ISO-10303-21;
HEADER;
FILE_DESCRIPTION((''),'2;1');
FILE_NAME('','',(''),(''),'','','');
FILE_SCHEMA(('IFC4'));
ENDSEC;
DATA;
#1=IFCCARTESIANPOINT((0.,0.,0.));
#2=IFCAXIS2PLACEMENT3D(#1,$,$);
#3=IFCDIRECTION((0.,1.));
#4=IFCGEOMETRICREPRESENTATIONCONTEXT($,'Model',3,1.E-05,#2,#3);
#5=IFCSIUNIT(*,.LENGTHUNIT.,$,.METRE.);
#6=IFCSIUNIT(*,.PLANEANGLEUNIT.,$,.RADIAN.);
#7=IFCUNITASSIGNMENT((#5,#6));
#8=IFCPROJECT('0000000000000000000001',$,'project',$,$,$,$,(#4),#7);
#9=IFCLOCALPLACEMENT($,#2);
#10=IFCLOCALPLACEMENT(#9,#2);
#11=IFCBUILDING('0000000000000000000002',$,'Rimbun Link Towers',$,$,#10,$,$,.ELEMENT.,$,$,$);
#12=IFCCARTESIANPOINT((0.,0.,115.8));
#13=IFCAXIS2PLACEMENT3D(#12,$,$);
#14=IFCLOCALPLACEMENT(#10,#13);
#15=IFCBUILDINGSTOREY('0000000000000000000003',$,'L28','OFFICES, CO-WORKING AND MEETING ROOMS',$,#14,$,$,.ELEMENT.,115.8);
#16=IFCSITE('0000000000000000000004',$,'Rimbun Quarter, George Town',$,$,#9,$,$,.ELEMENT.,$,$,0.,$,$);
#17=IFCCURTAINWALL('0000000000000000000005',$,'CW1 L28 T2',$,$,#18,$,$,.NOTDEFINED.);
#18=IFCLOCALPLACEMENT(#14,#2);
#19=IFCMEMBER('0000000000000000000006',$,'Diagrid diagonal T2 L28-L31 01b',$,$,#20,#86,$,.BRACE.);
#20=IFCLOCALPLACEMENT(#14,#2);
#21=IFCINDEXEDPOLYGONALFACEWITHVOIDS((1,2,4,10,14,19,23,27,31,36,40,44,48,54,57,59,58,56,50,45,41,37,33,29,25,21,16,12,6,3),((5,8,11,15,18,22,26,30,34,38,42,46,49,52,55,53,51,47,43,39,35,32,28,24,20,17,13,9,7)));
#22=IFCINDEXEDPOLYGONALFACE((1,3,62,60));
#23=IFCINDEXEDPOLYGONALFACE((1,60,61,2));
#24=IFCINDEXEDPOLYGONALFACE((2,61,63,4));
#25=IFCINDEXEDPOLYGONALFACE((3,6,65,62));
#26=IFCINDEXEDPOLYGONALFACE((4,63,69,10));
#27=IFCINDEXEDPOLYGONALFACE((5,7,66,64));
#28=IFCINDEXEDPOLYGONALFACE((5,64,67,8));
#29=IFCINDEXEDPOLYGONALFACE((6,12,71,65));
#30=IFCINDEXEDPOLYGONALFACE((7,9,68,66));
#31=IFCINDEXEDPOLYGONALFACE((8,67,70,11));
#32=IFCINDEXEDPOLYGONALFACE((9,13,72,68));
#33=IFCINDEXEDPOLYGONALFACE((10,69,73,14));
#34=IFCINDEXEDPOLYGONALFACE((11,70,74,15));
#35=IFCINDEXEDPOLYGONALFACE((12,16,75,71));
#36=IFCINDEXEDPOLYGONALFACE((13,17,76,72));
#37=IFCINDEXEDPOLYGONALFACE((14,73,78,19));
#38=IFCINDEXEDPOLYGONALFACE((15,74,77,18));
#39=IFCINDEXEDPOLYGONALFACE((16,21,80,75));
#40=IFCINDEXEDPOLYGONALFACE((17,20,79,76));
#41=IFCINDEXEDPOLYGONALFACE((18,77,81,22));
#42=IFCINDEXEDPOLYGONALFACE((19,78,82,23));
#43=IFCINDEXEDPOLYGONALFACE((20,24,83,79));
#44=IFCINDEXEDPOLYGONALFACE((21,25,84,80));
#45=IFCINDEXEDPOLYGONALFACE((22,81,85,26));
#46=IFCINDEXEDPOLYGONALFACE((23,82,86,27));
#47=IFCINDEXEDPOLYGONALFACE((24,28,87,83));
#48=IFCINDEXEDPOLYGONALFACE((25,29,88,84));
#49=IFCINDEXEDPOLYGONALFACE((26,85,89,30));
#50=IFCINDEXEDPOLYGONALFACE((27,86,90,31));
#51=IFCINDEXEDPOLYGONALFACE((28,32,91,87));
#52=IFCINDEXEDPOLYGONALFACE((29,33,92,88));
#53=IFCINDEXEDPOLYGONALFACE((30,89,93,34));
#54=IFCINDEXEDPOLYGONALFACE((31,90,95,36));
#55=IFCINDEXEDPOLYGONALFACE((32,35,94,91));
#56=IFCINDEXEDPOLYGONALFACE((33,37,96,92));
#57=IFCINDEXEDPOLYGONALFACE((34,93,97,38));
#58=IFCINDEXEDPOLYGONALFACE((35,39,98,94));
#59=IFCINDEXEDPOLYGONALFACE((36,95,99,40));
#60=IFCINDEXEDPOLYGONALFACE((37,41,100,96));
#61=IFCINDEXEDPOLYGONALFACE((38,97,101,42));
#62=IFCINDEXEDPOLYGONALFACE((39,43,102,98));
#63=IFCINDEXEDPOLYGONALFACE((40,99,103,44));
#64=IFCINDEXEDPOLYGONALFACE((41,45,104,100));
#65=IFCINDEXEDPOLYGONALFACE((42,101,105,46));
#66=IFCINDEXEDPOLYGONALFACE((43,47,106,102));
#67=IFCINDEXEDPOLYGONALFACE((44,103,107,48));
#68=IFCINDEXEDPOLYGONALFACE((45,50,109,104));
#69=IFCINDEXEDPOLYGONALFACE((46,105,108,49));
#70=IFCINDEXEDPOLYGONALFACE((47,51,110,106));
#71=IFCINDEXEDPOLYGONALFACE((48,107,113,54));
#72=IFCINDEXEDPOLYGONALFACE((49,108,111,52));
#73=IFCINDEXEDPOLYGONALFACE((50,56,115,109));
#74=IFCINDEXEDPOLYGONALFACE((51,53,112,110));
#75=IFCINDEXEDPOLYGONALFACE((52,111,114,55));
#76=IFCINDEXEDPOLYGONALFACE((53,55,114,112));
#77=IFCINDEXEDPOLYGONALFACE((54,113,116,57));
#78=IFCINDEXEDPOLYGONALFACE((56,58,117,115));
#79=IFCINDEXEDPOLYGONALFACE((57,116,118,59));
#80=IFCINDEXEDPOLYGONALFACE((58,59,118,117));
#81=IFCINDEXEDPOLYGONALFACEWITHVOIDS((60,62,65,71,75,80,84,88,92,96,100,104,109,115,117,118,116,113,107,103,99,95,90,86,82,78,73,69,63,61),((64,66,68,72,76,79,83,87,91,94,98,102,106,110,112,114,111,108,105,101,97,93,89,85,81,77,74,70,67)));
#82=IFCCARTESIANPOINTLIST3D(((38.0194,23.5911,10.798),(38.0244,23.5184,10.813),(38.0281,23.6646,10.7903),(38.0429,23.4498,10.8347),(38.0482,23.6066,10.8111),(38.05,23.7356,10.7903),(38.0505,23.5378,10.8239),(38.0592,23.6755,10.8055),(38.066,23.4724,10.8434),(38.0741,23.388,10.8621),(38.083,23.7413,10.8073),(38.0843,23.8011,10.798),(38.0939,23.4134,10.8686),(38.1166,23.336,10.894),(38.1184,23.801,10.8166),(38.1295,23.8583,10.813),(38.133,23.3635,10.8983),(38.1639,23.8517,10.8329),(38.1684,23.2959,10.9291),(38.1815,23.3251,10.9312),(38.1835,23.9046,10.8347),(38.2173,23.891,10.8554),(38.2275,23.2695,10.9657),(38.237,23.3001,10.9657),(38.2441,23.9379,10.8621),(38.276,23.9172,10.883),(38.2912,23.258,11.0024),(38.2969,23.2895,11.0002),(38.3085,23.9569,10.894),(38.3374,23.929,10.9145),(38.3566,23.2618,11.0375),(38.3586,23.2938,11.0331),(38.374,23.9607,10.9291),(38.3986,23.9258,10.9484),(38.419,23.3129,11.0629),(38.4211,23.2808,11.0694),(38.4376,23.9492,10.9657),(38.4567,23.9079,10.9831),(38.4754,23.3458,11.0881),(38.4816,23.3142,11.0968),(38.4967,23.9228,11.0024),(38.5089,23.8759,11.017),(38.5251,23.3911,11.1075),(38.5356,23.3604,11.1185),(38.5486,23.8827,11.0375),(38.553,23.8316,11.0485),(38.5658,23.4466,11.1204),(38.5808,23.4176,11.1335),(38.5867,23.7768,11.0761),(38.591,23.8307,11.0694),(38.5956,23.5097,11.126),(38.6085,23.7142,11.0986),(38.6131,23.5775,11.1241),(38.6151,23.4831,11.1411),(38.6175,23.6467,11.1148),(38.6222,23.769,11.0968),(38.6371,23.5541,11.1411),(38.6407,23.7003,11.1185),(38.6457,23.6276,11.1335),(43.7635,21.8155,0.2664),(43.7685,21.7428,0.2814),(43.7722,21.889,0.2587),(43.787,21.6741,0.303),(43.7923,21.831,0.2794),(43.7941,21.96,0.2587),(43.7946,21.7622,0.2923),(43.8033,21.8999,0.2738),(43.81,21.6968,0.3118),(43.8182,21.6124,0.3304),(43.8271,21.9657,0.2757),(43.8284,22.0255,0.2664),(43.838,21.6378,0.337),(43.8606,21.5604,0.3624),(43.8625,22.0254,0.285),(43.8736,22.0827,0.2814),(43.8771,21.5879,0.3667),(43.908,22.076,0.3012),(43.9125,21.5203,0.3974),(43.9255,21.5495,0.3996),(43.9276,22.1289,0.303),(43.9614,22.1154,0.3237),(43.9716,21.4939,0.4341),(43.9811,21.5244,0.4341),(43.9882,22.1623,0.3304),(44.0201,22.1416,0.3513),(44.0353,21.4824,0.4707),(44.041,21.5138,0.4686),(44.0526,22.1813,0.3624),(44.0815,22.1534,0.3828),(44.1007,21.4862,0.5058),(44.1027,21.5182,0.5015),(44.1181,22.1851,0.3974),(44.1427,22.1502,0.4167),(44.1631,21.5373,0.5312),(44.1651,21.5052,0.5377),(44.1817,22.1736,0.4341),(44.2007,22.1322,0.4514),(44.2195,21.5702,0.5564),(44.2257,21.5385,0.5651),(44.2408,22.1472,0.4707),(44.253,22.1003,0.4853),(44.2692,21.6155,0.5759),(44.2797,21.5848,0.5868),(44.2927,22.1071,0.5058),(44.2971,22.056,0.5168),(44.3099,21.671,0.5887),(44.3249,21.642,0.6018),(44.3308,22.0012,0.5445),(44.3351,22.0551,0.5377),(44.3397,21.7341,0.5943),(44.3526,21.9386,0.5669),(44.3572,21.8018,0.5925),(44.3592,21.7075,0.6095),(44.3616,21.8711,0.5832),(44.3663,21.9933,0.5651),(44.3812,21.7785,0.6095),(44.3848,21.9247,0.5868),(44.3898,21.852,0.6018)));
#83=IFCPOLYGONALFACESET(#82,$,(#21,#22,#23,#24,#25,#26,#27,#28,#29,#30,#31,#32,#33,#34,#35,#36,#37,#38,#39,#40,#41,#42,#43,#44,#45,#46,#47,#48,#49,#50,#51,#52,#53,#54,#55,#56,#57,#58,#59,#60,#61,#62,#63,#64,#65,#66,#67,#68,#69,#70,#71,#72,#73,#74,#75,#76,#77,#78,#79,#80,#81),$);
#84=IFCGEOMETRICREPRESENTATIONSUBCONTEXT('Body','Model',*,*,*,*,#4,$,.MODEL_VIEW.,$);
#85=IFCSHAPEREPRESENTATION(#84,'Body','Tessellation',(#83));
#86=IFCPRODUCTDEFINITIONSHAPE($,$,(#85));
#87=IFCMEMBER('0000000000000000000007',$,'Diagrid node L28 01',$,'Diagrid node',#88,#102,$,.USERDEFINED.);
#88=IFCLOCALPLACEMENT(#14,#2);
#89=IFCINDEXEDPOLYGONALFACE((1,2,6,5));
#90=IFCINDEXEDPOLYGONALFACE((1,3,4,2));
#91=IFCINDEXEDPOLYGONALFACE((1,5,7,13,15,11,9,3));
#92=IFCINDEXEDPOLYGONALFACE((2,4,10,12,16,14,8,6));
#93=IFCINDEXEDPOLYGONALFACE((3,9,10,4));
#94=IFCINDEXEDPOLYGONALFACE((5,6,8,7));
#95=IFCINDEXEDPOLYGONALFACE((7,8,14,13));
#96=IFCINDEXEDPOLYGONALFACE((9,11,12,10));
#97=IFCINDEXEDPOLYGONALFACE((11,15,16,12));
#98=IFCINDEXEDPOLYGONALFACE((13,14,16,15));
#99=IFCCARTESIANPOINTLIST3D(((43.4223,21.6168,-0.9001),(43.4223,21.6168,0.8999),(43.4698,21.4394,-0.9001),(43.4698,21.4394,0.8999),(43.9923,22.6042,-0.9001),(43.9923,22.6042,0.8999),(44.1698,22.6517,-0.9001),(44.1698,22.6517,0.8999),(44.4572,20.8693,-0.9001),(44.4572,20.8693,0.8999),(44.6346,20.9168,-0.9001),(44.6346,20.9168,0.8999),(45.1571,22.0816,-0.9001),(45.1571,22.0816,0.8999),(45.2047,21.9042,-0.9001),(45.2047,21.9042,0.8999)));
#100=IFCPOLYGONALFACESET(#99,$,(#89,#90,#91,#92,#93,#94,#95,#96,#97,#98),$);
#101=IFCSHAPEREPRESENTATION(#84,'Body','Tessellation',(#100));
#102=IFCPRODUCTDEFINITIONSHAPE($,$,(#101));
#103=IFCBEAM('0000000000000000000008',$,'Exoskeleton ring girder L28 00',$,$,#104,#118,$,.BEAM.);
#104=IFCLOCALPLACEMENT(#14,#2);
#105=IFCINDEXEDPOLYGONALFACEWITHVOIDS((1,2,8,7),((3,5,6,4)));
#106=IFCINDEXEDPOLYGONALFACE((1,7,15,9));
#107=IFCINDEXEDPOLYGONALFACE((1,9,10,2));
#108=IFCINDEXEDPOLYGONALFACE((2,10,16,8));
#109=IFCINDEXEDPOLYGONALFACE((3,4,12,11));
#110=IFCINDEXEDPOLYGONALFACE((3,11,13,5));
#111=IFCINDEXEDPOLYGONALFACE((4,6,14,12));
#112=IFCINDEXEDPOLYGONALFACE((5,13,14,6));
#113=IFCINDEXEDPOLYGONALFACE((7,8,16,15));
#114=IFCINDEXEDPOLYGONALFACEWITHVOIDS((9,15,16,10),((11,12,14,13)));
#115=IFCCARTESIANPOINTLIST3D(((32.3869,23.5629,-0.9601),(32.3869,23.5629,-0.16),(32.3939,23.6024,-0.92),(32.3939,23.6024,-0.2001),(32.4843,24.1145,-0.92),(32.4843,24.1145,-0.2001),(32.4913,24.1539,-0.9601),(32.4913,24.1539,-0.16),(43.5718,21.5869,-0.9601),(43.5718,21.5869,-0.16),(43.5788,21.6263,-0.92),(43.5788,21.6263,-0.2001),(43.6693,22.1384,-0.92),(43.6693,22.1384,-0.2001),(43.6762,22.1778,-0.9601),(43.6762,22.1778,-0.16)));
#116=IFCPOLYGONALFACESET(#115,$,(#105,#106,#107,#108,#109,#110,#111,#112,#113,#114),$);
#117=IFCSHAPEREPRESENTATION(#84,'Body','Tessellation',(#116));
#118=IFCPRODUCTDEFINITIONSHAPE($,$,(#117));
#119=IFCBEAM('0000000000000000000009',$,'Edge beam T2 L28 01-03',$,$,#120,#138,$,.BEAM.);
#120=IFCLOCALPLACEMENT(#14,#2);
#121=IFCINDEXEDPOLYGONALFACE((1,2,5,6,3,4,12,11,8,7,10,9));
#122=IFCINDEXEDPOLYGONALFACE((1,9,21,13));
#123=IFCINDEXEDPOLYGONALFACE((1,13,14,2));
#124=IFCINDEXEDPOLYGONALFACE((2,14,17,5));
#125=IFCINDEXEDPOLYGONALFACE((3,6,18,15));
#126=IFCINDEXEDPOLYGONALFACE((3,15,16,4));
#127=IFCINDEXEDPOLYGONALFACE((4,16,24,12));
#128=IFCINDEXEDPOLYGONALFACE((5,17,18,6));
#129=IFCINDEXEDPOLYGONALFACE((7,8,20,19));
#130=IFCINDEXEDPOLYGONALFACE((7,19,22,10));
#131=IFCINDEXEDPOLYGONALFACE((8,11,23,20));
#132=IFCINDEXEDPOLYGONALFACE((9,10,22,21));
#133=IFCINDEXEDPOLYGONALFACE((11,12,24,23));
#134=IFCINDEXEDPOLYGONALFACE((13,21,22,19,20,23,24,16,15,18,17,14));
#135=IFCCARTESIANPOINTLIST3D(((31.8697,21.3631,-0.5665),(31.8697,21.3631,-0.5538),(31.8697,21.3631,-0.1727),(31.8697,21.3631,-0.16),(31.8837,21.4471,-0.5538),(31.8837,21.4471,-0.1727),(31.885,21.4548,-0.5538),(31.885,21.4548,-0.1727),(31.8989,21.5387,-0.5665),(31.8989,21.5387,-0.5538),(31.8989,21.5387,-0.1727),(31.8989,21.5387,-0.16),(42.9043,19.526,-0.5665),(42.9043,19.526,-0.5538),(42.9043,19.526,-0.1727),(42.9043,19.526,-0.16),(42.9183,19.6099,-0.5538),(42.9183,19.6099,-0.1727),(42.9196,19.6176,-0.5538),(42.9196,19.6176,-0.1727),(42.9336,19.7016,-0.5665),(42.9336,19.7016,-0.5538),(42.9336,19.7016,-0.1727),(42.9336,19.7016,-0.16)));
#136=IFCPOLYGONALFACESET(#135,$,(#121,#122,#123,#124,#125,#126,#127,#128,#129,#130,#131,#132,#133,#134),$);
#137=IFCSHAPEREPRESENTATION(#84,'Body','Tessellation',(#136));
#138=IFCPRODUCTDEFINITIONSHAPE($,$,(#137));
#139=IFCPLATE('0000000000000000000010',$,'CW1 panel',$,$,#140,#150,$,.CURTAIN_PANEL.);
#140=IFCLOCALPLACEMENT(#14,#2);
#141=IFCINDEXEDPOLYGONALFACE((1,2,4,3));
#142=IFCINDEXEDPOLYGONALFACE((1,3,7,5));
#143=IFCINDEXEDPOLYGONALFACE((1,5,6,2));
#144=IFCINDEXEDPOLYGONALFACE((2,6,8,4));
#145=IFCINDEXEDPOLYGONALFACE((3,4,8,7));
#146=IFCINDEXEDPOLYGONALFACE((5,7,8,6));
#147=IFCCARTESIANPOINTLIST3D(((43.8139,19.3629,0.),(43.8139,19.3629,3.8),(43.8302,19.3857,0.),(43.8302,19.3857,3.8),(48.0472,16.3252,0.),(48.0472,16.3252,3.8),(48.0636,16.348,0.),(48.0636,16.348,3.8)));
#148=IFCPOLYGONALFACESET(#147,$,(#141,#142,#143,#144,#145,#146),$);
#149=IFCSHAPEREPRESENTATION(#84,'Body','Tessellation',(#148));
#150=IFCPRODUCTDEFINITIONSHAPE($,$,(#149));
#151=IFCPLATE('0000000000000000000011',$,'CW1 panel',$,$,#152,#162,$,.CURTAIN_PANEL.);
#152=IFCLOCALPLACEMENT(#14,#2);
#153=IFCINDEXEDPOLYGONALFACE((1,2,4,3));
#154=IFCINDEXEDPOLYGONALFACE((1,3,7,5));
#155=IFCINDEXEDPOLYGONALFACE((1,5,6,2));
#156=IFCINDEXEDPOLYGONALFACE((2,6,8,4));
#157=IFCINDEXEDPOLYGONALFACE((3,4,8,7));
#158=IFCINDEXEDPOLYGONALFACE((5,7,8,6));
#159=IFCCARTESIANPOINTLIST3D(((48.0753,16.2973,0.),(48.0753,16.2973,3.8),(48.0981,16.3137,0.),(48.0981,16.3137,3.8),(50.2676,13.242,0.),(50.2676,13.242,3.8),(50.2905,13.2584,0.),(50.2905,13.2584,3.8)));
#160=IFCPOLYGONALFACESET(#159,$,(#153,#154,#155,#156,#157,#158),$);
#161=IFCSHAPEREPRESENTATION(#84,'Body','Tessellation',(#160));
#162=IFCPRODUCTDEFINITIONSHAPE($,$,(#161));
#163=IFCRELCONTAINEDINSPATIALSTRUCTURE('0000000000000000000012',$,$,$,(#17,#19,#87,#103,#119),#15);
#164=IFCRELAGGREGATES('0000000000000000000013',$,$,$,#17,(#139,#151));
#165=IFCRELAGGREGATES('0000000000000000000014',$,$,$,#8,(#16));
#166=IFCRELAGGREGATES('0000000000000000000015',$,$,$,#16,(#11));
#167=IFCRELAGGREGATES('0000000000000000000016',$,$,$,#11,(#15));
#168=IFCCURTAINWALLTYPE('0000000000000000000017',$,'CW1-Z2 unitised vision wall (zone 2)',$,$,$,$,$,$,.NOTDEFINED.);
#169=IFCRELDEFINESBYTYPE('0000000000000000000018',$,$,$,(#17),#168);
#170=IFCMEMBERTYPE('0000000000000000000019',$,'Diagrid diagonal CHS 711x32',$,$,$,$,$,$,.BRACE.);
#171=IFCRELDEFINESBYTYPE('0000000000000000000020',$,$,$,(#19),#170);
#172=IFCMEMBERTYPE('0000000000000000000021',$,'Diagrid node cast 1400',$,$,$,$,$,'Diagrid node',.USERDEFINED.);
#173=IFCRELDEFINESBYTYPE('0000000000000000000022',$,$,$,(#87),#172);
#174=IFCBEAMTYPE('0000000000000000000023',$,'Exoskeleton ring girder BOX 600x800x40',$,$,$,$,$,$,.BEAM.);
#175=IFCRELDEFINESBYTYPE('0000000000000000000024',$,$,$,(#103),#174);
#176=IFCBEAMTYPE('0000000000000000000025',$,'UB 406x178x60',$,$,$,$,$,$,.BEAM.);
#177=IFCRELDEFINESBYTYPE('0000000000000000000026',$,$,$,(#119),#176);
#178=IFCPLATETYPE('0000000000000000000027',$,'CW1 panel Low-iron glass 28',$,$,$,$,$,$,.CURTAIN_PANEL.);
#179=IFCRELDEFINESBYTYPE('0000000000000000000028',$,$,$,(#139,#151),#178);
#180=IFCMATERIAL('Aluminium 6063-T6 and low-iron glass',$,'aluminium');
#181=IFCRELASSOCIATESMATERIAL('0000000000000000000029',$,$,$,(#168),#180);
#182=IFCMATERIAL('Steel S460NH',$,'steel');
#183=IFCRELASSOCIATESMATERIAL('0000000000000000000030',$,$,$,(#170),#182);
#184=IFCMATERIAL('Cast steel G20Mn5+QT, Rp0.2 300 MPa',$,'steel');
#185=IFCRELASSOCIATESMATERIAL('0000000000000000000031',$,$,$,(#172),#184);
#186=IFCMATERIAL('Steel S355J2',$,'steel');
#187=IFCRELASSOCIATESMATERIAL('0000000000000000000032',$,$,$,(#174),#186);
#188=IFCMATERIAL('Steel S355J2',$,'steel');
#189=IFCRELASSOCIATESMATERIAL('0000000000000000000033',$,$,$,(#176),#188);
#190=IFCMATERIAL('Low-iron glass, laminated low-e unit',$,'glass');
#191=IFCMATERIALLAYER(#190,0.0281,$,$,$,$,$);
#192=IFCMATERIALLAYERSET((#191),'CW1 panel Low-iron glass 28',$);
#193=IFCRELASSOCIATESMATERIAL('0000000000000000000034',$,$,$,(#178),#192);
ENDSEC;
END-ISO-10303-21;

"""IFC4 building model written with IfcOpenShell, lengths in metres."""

from ifc_helpers import new_model, si_unit, direction, frame, origin, origin_2d, place, context, subcontext, project, spatial, polyline, rectangle, hollow_rectangle, hollow_circle, i_section, outline, extrude, material, layer, layer_set, material_profile, profile_set, type_object, element, aggregate, save


model = new_model("IFC4")

# Units and contexts
model_context = context("Model", 3, precision=1e-05, world=origin(), true_north=direction((0.0, 1.0)))
body_context = subcontext(model_context, "Body", "Model", "MODEL_VIEW")
ifc_project = project(units=[si_unit("LENGTHUNIT", "METRE"), si_unit("PLANEANGLEUNIT", "RADIAN")], contexts=[model_context])

# Site, building, storey
site_placement = place(None, origin())
site = spatial("IfcSite", under=ifc_project, at=site_placement, Name="Rimbun Quarter, George Town", CompositionType="ELEMENT", RefElevation=0.0)
building_placement = place(site_placement, origin())
building = spatial("IfcBuilding", under=site, at=building_placement, Name="Rimbun Link Towers", CompositionType="ELEMENT")
storey_placement = place(building_placement, frame((0.0, 0.0, 115.8)))
storey = spatial("IfcBuildingStorey", under=building, at=storey_placement, Name="L28", Description="OFFICES, CO-WORKING AND MEETING ROOMS", CompositionType="ELEMENT", Elevation=115.8)

# Curtain wall
ifc_material_1 = material(Name="Aluminium 6063-T6 and low-iron glass", Category="aluminium")
curtain_wall_type = type_object("IfcCurtainWallType", Name="CW1-Z2 unitised vision wall (zone 2)", PredefinedType="NOTDEFINED", material=ifc_material_1)
curtain_wall_placement = place(storey_placement, origin())
curtain_wall = element("IfcCurtainWall", 1, at=curtain_wall_placement, inside=storey, type_object=curtain_wall_type, Name="CW1 L28 T2", PredefinedType="NOTDEFINED")

# Members
ifc_material_2 = material(Name="Steel S460NH", Category="steel")
ifc_material_profile_1 = material_profile(ifc_material_2, hollow_circle(Radius=0.3557, WallThickness=0.032, at=origin_2d()), Name="Diagrid diagonal CHS 711x32")
ifc_profile_set_1 = profile_set([ifc_material_profile_1], Name="Steel S460NH")
member_type_1 = type_object("IfcMemberType", Name="Diagrid diagonal CHS 711x32", PredefinedType="BRACE", material=ifc_profile_set_1)
member_1_placement = place(storey_placement, frame((44.0767, 21.8337, 0.4341), z_axis=(-0.473663, 0.146419, 0.86845), x_axis=(-0.295333, -0.955395, 0.0)))
element("IfcMember", 2, at=member_1_placement, inside=storey, type_object=member_type_1, Name="Diagrid diagonal T2 L28-L31 01b", PredefinedType="BRACE", context=body_context, shape_type="SweptSolid", body=[
    extrude(hollow_circle(Radius=0.3557, WallThickness=0.032, at=origin_2d()), origin(), (0.0, 0.0, 1.0), 12.127),
])
ifc_material_3 = material(Name="Cast steel G20Mn5+QT, Rp0.2 300 MPa", Category="steel")
ifc_material_profile_2 = material_profile(ifc_material_3, outline(polyline([(0.7, -0.5701), (0.7, 0.5701), (0.5701, 0.7), (-0.5701, 0.7), (-0.7, 0.5701), (-0.7, -0.5701), (-0.5701, -0.7), (0.5701, -0.7), (0.7, -0.5701)])), Name="NODE 1400x1400")
ifc_profile_set_2 = profile_set([ifc_material_profile_2], Name="Cast steel G20Mn5+QT, Rp0.2 300 MPa")
member_type_2 = type_object("IfcMemberType", Name="Diagrid node cast 1400", ElementType="Diagrid node", PredefinedType="USERDEFINED", material=ifc_profile_set_2)
member_2_placement = place(storey_placement, frame((44.3135, 21.7605, -0.9001), z_axis=(0.0, 0.0, 1.0), x_axis=(0.5, 0.866025, 0.0)))
element("IfcMember", 3, at=member_2_placement, inside=storey, type_object=member_type_2, Name="Diagrid node L28 01", ObjectType="Diagrid node", PredefinedType="USERDEFINED", context=body_context, shape_type="SweptSolid", body=[
    extrude(outline(polyline([(0.7, -0.5701), (0.7, 0.5701), (0.5701, 0.7), (-0.5701, 0.7), (-0.7, 0.5701), (-0.7, -0.5701), (-0.5701, -0.7), (0.5701, -0.7), (0.7, -0.5701)])), origin(), (0.0, 0.0, 1.0), 1.8),
])

# Beams
ifc_material_4 = material(Name="Steel S355J2", Category="steel")
ifc_material_profile_3 = material_profile(ifc_material_4, hollow_rectangle(XDim=0.6001, YDim=0.8, WallThickness=0.04, at=origin_2d()), Name="Exoskeleton ring girder BOX 600x800x40")
ifc_profile_set_3 = profile_set([ifc_material_profile_3], Name="Steel S355J2")
beam_type_1 = type_object("IfcBeamType", Name="Exoskeleton ring girder BOX 600x800x40", PredefinedType="BEAM", material=ifc_profile_set_3)
beam_1_placement = place(storey_placement, frame((43.624, 21.8823, -0.5601), z_axis=(-0.984749, 0.17398, 0.0), x_axis=(-0.17398, -0.984749, 0.0)))
element("IfcBeam", 4, at=beam_1_placement, inside=storey, type_object=beam_type_1, Name="Exoskeleton ring girder L28 00", PredefinedType="BEAM", context=body_context, shape_type="SweptSolid", body=[
    extrude(hollow_rectangle(XDim=0.6001, YDim=0.8, WallThickness=0.04, at=origin_2d()), origin(), (0.0, 0.0, 1.0), 11.3582),
])
ifc_material_5 = material(Name="Steel S355J2", Category="steel")
ifc_material_profile_4 = material_profile(ifc_material_5, i_section(OverallWidth=0.178, OverallDepth=0.4065, WebThickness=0.0078, FlangeThickness=0.0127, at=origin_2d()), Name="UB 406x178x60")
ifc_profile_set_4 = profile_set([ifc_material_profile_4], Name="Steel S355J2")
beam_type_2 = type_object("IfcBeamType", Name="UB 406x178x60", PredefinedType="BEAM", material=ifc_profile_set_4)
beam_2_placement = place(storey_placement, frame((42.9189, 19.6138, -0.3633), z_axis=(-0.986422, 0.164229, 0.0), x_axis=(-0.164229, -0.986422, 0.0)))
element("IfcBeam", 5, at=beam_2_placement, inside=storey, type_object=beam_type_2, Name="Edge beam T2 L28 01-03", PredefinedType="BEAM", context=body_context, shape_type="SweptSolid", body=[
    extrude(i_section(OverallWidth=0.178, OverallDepth=0.4065, WebThickness=0.0078, FlangeThickness=0.0127, at=origin_2d()), origin(), (0.0, 0.0, 1.0), 11.1865),
])

# Plates
ifc_material_6 = material(Name="Low-iron glass, laminated low-e unit", Category="glass")
ifc_layer_1 = layer(ifc_material_6, 0.0281)
ifc_layer_set_1 = layer_set([ifc_layer_1], Name="CW1 panel Low-iron glass 28")
plate_type = type_object("IfcPlateType", Name="CW1 panel Low-iron glass 28", PredefinedType="CURTAIN_PANEL", material=ifc_layer_set_1)
plate_1_placement = place(storey_placement, frame((45.9387, 17.8555, 0.0), z_axis=(0.0, 0.0, 1.0), x_axis=(0.812469, -0.583004, 0.0)))
plate_1 = element("IfcPlate", 6, at=plate_1_placement, type_object=plate_type, Name="CW1 panel", PredefinedType="CURTAIN_PANEL", context=body_context, shape_type="SweptSolid", body=[
    extrude(rectangle(XDim=5.2104, YDim=0.0281, at=origin_2d()), origin(), (0.0, 0.0, 1.0), 3.8),
])
plate_2_placement = place(storey_placement, frame((49.1829, 14.7778, 0.0), z_axis=(0.0, 0.0, 1.0), x_axis=(0.583004, -0.812469, 0.0)))
plate_2 = element("IfcPlate", 7, at=plate_2_placement, type_object=plate_type, Name="CW1 panel", PredefinedType="CURTAIN_PANEL", context=body_context, shape_type="SweptSolid", body=[
    extrude(rectangle(XDim=3.7605, YDim=0.0281, at=origin_2d()), origin(), (0.0, 0.0, 1.0), 3.8),
])
aggregate(curtain_wall, [plate_1, plate_2])

save(model, "model.ifc")
